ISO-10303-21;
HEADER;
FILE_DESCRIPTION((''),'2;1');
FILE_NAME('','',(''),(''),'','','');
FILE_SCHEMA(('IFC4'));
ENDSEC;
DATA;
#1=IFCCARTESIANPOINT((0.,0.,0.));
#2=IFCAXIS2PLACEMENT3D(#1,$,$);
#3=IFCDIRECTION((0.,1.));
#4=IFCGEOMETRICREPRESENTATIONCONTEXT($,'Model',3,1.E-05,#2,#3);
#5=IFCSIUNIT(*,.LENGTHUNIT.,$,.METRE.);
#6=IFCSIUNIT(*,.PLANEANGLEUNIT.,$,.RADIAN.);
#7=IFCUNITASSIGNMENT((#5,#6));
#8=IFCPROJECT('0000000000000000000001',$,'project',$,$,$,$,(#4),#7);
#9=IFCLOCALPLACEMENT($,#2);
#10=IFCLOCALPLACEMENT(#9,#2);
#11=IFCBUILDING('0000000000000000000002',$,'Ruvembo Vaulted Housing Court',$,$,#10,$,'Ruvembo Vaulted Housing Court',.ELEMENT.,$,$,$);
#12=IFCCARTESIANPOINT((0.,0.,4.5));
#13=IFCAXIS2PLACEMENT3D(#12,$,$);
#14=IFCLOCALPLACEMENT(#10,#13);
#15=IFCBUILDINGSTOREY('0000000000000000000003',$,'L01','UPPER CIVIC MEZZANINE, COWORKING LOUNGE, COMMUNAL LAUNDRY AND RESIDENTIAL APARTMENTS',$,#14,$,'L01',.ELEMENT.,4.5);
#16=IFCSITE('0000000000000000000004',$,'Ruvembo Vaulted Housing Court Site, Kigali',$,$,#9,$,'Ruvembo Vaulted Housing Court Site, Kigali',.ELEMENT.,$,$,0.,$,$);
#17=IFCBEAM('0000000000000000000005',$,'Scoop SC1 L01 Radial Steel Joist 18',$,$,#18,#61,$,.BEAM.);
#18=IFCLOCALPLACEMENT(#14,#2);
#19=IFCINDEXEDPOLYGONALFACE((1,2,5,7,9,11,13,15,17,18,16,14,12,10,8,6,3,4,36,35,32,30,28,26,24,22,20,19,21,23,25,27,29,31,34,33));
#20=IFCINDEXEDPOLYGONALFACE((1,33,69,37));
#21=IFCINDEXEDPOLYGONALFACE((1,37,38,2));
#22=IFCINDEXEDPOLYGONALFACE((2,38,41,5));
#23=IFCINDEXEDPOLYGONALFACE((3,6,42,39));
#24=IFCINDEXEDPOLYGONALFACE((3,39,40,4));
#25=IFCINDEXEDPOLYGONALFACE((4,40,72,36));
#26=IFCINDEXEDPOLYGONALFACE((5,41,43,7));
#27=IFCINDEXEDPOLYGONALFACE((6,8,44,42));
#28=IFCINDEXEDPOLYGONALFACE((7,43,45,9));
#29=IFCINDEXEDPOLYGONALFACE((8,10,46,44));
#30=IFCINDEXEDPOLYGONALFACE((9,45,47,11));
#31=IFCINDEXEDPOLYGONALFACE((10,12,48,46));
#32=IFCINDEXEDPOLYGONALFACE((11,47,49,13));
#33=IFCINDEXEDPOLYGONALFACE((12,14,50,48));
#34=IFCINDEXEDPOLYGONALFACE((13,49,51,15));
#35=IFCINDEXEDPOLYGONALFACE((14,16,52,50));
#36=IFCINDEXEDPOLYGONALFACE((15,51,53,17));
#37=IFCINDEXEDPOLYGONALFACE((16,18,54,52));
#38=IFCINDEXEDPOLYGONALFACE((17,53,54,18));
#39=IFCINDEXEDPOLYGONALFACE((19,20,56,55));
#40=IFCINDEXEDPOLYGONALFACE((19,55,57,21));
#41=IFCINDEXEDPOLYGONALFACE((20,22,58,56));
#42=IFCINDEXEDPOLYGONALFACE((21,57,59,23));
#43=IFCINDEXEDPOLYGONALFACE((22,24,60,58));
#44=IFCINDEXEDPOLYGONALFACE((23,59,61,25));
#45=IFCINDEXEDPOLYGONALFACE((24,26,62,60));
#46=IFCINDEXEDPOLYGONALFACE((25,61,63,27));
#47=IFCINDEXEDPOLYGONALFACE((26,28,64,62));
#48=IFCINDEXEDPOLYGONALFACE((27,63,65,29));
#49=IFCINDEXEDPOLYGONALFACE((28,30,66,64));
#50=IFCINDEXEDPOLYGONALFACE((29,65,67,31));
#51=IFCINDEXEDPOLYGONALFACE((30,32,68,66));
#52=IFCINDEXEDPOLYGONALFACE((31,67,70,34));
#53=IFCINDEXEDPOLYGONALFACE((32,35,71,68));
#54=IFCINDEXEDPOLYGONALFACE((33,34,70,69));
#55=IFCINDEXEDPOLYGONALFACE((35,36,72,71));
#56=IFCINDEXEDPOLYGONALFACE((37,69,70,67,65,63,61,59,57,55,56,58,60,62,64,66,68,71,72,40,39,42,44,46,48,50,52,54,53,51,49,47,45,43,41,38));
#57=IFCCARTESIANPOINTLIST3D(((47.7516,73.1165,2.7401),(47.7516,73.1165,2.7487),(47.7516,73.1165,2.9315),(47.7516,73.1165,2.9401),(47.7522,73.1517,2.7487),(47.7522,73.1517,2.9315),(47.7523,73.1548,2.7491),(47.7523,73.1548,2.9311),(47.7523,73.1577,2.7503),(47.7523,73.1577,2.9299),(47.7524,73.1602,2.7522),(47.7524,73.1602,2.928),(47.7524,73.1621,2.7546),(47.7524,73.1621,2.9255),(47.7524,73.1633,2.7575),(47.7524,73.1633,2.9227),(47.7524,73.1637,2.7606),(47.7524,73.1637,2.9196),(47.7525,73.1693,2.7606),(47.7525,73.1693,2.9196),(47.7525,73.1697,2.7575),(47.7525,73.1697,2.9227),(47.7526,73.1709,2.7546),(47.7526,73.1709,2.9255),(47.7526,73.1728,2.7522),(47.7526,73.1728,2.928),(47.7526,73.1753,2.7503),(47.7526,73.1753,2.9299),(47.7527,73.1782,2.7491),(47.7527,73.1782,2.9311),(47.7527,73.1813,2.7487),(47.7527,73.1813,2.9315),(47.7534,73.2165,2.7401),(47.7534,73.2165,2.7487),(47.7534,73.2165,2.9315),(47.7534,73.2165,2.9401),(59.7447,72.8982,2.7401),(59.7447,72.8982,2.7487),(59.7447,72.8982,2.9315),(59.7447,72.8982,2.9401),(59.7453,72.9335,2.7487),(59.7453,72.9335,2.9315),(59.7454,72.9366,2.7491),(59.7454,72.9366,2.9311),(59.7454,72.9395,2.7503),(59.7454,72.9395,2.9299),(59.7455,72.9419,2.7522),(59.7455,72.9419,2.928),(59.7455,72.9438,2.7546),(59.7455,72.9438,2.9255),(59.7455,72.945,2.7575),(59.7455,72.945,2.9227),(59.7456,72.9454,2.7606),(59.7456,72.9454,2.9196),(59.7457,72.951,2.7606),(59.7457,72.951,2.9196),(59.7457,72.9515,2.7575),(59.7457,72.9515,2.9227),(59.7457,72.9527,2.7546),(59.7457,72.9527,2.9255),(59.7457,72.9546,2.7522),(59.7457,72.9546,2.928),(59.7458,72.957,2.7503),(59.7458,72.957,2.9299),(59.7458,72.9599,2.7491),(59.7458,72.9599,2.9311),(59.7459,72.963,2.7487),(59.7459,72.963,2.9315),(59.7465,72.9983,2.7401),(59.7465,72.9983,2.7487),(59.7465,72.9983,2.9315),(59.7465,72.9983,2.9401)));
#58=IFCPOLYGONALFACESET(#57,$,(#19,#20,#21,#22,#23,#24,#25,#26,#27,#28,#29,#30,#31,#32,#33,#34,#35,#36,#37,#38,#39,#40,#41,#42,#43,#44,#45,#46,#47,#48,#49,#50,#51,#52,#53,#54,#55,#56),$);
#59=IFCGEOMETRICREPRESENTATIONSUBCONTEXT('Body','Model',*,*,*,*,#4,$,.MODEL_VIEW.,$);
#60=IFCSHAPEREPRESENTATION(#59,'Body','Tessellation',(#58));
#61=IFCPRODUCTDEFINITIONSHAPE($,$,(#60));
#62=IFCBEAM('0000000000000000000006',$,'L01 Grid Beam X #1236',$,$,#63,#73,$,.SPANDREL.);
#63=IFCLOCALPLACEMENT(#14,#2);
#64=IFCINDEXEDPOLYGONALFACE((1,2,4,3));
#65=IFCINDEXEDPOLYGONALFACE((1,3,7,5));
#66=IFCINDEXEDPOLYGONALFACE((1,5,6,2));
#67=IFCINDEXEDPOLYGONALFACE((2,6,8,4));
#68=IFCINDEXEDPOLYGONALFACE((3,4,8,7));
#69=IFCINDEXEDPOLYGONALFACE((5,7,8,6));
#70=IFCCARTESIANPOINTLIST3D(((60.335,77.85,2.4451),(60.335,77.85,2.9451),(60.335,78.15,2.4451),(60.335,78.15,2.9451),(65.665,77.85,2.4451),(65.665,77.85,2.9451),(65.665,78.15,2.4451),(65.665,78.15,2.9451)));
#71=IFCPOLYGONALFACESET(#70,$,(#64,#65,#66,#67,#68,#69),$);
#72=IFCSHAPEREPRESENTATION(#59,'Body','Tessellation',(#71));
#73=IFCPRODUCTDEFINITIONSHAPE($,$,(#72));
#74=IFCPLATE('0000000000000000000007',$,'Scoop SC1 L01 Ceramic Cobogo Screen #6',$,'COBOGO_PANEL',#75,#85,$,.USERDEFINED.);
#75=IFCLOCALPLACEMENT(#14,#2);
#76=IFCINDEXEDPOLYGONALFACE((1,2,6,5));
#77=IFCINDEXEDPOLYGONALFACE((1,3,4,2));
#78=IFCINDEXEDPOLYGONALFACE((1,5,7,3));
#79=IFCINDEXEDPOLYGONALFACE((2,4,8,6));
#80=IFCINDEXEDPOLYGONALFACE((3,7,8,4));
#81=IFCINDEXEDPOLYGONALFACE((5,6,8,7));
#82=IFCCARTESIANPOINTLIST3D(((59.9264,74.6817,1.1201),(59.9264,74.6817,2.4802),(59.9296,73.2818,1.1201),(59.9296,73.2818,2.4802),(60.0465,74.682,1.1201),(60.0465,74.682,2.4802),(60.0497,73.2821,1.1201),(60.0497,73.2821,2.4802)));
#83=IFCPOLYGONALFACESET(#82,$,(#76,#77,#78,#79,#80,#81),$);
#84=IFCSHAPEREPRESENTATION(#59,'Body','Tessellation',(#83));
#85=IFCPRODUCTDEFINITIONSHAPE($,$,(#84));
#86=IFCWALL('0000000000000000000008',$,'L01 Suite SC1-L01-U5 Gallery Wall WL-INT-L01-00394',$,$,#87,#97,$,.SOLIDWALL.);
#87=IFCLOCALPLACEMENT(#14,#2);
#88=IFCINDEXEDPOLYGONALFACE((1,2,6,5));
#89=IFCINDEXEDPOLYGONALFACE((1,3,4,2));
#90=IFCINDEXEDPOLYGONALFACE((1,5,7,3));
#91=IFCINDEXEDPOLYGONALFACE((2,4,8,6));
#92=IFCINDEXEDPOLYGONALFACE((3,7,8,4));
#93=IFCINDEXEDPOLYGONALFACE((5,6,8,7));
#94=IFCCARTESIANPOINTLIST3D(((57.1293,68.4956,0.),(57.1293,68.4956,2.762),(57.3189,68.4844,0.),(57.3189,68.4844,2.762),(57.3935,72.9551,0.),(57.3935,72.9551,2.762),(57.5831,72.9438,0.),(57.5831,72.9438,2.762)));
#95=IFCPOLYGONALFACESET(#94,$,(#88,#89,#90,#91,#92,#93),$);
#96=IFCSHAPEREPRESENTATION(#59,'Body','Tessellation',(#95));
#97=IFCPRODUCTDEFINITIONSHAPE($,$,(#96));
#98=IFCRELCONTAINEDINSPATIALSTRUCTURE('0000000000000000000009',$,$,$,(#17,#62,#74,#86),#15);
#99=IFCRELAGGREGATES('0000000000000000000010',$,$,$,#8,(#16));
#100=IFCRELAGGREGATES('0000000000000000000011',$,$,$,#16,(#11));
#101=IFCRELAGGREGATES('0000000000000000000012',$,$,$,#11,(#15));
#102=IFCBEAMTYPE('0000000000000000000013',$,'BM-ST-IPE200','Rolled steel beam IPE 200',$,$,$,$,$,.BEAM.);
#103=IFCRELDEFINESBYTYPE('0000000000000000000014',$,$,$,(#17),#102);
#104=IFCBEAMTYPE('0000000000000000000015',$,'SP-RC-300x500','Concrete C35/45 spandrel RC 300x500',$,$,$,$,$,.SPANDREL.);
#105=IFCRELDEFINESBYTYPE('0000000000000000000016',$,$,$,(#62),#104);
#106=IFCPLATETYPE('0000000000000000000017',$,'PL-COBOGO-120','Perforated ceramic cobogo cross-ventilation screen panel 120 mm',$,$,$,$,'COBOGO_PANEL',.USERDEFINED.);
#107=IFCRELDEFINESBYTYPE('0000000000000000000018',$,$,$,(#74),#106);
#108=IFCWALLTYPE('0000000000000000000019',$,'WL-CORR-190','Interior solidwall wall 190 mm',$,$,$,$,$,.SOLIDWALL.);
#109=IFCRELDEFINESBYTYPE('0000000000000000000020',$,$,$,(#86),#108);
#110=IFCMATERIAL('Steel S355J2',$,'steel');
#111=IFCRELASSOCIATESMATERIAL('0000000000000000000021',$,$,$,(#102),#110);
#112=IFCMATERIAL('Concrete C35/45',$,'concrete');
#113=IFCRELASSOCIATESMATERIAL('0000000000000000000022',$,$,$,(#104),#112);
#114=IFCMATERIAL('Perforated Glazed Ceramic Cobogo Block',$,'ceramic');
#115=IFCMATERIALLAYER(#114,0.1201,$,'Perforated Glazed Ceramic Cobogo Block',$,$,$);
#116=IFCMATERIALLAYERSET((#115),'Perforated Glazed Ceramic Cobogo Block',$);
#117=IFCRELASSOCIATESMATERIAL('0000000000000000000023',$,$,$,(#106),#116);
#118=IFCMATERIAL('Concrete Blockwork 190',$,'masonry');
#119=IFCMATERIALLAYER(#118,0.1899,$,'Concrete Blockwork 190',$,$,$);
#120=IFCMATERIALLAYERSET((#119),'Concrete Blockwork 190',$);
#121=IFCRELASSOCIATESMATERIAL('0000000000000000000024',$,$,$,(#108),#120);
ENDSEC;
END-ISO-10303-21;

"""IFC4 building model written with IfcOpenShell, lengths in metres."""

from ifc_helpers import new_model, si_unit, direction, frame, frame_2d, origin, origin_2d, place, context, subcontext, project, spatial, rectangle, i_section, extrude, material, layer, layer_set, material_profile, profile_set, type_object, element, save


model = new_model("IFC4")

# Units and contexts
model_context = context("Model", 3, precision=1e-05, world=origin(), true_north=direction((0.0, 1.0)))
body_context = subcontext(model_context, "Body", "Model", "MODEL_VIEW")
ifc_project = project(units=[si_unit("LENGTHUNIT", "METRE"), si_unit("PLANEANGLEUNIT", "RADIAN")], contexts=[model_context])

# Site, building, storey
site_placement = place(None, origin())
site = spatial("IfcSite", under=ifc_project, at=site_placement, Name="Ruvembo Vaulted Housing Court Site, Kigali", LongName="Ruvembo Vaulted Housing Court Site, Kigali", CompositionType="ELEMENT", RefElevation=0.0)
building_placement = place(site_placement, origin())
building = spatial("IfcBuilding", under=site, at=building_placement, Name="Ruvembo Vaulted Housing Court", LongName="Ruvembo Vaulted Housing Court", CompositionType="ELEMENT")
storey_placement = place(building_placement, frame((0.0, 0.0, 4.5)))
storey = spatial("IfcBuildingStorey", under=building, at=storey_placement, Name="L01", Description="UPPER CIVIC MEZZANINE, COWORKING LOUNGE, COMMUNAL LAUNDRY AND RESIDENTIAL APARTMENTS", LongName="L01", CompositionType="ELEMENT", Elevation=4.5)

# Beams
ifc_material_1 = material(Name="Steel S355J2", Category="steel")
ifc_material_profile_1 = material_profile(ifc_material_1, i_section(OverallWidth=0.1001, OverallDepth=0.2, WebThickness=0.0056, FlangeThickness=0.0085, FilletRadius=0.012, at=origin_2d()), Name="IPE 200")
ifc_profile_set_1 = profile_set([ifc_material_profile_1], Name="Steel S355J2")
beam_type_1 = type_object("IfcBeamType", Name="BM-ST-IPE200", Description="Rolled steel beam IPE 200", PredefinedType="BEAM", material=ifc_profile_set_1)
beam_1_placement = place(storey_placement, frame((59.7456, 72.9482, 2.8401), z_axis=(-0.999834, 0.018196, 0.0), x_axis=(-0.018196, -0.999834, 0.0)))
element("IfcBeam", 1, at=beam_1_placement, inside=storey, type_object=beam_type_1, Name="Scoop SC1 L01 Radial Steel Joist 18", PredefinedType="BEAM", context=body_context, shape_type="SweptSolid", body=[
    extrude(i_section(OverallWidth=0.1001, OverallDepth=0.2, WebThickness=0.0056, FlangeThickness=0.0085, FilletRadius=0.012, at=origin_2d()), origin(), (0.0, 0.0, 1.0), 11.9951),
])
ifc_material_2 = material(Name="Concrete C35/45", Category="concrete")
ifc_material_profile_2 = material_profile(ifc_material_2, rectangle(XDim=0.3, YDim=0.5, at=origin_2d()), Name="RC 300x500")
ifc_profile_set_2 = profile_set([ifc_material_profile_2], Name="Concrete C35/45")
beam_type_2 = type_object("IfcBeamType", Name="SP-RC-300x500", Description="Concrete C35/45 spandrel RC 300x500", PredefinedType="SPANDREL", material=ifc_profile_set_2)
beam_2_placement = place(storey_placement, frame((60.335, 78.0, 2.6951), z_axis=(1.0, 0.0, 0.0), x_axis=(0.0, 1.0, 0.0)))
element("IfcBeam", 2, at=beam_2_placement, inside=storey, type_object=beam_type_2, Name="L01 Grid Beam X #1236", PredefinedType="SPANDREL", context=body_context, shape_type="SweptSolid", body=[
    extrude(rectangle(XDim=0.3, YDim=0.5, at=origin_2d()), origin(), (0.0, 0.0, 1.0), 5.3301),
])

# Plate
ifc_material_3 = material(Name="Perforated Glazed Ceramic Cobogo Block", Category="ceramic")
ifc_layer_1 = layer(ifc_material_3, 0.1201, Name="Perforated Glazed Ceramic Cobogo Block")
ifc_layer_set_1 = layer_set([ifc_layer_1], Name="Perforated Glazed Ceramic Cobogo Block")
plate_type = type_object("IfcPlateType", Name="PL-COBOGO-120", Description="Perforated ceramic cobogo cross-ventilation screen panel 120 mm", ElementType="COBOGO_PANEL", PredefinedType="USERDEFINED", material=ifc_layer_set_1)
plate_placement = place(storey_placement, frame((59.988, 73.9819, 1.1201), z_axis=(0.0, 0.0, 1.0), x_axis=(-0.002269, 0.999997, 0.0)))
element("IfcPlate", 3, at=plate_placement, inside=storey, type_object=plate_type, Name="Scoop SC1 L01 Ceramic Cobogo Screen #6", ObjectType="COBOGO_PANEL", PredefinedType="USERDEFINED", context=body_context, shape_type="SweptSolid", body=[
    extrude(rectangle(XDim=1.3999, YDim=0.1201, at=origin_2d()), origin(), (0.0, 0.0, 1.0), 1.3601),
])

# Wall
ifc_material_4 = material(Name="Concrete Blockwork 190", Category="masonry")
ifc_layer_2 = layer(ifc_material_4, 0.1899, Name="Concrete Blockwork 190")
ifc_layer_set_2 = layer_set([ifc_layer_2], Name="Concrete Blockwork 190")
wall_type = type_object("IfcWallType", Name="WL-CORR-190", Description="Interior solidwall wall 190 mm", PredefinedType="SOLIDWALL", material=ifc_layer_set_2)
wall_1_placement = place(storey_placement, frame((57.2241, 68.49, 0.0), z_axis=(0.0, 0.0, 1.0), x_axis=(0.059132, 0.99825, 0.0)))
element("IfcWall", 4, at=wall_1_placement, inside=storey, type_object=wall_type, Name="L01 Suite SC1-L01-U5 Gallery Wall WL-INT-L01-00394", PredefinedType="SOLIDWALL", context=body_context, shape_type="SweptSolid", body=[
    extrude(rectangle(XDim=4.4673, YDim=0.1899, at=frame_2d((2.2336, 0.0))), origin(), (0.0, 0.0, 1.0), 2.762),
])

save(model, "model.ifc")
